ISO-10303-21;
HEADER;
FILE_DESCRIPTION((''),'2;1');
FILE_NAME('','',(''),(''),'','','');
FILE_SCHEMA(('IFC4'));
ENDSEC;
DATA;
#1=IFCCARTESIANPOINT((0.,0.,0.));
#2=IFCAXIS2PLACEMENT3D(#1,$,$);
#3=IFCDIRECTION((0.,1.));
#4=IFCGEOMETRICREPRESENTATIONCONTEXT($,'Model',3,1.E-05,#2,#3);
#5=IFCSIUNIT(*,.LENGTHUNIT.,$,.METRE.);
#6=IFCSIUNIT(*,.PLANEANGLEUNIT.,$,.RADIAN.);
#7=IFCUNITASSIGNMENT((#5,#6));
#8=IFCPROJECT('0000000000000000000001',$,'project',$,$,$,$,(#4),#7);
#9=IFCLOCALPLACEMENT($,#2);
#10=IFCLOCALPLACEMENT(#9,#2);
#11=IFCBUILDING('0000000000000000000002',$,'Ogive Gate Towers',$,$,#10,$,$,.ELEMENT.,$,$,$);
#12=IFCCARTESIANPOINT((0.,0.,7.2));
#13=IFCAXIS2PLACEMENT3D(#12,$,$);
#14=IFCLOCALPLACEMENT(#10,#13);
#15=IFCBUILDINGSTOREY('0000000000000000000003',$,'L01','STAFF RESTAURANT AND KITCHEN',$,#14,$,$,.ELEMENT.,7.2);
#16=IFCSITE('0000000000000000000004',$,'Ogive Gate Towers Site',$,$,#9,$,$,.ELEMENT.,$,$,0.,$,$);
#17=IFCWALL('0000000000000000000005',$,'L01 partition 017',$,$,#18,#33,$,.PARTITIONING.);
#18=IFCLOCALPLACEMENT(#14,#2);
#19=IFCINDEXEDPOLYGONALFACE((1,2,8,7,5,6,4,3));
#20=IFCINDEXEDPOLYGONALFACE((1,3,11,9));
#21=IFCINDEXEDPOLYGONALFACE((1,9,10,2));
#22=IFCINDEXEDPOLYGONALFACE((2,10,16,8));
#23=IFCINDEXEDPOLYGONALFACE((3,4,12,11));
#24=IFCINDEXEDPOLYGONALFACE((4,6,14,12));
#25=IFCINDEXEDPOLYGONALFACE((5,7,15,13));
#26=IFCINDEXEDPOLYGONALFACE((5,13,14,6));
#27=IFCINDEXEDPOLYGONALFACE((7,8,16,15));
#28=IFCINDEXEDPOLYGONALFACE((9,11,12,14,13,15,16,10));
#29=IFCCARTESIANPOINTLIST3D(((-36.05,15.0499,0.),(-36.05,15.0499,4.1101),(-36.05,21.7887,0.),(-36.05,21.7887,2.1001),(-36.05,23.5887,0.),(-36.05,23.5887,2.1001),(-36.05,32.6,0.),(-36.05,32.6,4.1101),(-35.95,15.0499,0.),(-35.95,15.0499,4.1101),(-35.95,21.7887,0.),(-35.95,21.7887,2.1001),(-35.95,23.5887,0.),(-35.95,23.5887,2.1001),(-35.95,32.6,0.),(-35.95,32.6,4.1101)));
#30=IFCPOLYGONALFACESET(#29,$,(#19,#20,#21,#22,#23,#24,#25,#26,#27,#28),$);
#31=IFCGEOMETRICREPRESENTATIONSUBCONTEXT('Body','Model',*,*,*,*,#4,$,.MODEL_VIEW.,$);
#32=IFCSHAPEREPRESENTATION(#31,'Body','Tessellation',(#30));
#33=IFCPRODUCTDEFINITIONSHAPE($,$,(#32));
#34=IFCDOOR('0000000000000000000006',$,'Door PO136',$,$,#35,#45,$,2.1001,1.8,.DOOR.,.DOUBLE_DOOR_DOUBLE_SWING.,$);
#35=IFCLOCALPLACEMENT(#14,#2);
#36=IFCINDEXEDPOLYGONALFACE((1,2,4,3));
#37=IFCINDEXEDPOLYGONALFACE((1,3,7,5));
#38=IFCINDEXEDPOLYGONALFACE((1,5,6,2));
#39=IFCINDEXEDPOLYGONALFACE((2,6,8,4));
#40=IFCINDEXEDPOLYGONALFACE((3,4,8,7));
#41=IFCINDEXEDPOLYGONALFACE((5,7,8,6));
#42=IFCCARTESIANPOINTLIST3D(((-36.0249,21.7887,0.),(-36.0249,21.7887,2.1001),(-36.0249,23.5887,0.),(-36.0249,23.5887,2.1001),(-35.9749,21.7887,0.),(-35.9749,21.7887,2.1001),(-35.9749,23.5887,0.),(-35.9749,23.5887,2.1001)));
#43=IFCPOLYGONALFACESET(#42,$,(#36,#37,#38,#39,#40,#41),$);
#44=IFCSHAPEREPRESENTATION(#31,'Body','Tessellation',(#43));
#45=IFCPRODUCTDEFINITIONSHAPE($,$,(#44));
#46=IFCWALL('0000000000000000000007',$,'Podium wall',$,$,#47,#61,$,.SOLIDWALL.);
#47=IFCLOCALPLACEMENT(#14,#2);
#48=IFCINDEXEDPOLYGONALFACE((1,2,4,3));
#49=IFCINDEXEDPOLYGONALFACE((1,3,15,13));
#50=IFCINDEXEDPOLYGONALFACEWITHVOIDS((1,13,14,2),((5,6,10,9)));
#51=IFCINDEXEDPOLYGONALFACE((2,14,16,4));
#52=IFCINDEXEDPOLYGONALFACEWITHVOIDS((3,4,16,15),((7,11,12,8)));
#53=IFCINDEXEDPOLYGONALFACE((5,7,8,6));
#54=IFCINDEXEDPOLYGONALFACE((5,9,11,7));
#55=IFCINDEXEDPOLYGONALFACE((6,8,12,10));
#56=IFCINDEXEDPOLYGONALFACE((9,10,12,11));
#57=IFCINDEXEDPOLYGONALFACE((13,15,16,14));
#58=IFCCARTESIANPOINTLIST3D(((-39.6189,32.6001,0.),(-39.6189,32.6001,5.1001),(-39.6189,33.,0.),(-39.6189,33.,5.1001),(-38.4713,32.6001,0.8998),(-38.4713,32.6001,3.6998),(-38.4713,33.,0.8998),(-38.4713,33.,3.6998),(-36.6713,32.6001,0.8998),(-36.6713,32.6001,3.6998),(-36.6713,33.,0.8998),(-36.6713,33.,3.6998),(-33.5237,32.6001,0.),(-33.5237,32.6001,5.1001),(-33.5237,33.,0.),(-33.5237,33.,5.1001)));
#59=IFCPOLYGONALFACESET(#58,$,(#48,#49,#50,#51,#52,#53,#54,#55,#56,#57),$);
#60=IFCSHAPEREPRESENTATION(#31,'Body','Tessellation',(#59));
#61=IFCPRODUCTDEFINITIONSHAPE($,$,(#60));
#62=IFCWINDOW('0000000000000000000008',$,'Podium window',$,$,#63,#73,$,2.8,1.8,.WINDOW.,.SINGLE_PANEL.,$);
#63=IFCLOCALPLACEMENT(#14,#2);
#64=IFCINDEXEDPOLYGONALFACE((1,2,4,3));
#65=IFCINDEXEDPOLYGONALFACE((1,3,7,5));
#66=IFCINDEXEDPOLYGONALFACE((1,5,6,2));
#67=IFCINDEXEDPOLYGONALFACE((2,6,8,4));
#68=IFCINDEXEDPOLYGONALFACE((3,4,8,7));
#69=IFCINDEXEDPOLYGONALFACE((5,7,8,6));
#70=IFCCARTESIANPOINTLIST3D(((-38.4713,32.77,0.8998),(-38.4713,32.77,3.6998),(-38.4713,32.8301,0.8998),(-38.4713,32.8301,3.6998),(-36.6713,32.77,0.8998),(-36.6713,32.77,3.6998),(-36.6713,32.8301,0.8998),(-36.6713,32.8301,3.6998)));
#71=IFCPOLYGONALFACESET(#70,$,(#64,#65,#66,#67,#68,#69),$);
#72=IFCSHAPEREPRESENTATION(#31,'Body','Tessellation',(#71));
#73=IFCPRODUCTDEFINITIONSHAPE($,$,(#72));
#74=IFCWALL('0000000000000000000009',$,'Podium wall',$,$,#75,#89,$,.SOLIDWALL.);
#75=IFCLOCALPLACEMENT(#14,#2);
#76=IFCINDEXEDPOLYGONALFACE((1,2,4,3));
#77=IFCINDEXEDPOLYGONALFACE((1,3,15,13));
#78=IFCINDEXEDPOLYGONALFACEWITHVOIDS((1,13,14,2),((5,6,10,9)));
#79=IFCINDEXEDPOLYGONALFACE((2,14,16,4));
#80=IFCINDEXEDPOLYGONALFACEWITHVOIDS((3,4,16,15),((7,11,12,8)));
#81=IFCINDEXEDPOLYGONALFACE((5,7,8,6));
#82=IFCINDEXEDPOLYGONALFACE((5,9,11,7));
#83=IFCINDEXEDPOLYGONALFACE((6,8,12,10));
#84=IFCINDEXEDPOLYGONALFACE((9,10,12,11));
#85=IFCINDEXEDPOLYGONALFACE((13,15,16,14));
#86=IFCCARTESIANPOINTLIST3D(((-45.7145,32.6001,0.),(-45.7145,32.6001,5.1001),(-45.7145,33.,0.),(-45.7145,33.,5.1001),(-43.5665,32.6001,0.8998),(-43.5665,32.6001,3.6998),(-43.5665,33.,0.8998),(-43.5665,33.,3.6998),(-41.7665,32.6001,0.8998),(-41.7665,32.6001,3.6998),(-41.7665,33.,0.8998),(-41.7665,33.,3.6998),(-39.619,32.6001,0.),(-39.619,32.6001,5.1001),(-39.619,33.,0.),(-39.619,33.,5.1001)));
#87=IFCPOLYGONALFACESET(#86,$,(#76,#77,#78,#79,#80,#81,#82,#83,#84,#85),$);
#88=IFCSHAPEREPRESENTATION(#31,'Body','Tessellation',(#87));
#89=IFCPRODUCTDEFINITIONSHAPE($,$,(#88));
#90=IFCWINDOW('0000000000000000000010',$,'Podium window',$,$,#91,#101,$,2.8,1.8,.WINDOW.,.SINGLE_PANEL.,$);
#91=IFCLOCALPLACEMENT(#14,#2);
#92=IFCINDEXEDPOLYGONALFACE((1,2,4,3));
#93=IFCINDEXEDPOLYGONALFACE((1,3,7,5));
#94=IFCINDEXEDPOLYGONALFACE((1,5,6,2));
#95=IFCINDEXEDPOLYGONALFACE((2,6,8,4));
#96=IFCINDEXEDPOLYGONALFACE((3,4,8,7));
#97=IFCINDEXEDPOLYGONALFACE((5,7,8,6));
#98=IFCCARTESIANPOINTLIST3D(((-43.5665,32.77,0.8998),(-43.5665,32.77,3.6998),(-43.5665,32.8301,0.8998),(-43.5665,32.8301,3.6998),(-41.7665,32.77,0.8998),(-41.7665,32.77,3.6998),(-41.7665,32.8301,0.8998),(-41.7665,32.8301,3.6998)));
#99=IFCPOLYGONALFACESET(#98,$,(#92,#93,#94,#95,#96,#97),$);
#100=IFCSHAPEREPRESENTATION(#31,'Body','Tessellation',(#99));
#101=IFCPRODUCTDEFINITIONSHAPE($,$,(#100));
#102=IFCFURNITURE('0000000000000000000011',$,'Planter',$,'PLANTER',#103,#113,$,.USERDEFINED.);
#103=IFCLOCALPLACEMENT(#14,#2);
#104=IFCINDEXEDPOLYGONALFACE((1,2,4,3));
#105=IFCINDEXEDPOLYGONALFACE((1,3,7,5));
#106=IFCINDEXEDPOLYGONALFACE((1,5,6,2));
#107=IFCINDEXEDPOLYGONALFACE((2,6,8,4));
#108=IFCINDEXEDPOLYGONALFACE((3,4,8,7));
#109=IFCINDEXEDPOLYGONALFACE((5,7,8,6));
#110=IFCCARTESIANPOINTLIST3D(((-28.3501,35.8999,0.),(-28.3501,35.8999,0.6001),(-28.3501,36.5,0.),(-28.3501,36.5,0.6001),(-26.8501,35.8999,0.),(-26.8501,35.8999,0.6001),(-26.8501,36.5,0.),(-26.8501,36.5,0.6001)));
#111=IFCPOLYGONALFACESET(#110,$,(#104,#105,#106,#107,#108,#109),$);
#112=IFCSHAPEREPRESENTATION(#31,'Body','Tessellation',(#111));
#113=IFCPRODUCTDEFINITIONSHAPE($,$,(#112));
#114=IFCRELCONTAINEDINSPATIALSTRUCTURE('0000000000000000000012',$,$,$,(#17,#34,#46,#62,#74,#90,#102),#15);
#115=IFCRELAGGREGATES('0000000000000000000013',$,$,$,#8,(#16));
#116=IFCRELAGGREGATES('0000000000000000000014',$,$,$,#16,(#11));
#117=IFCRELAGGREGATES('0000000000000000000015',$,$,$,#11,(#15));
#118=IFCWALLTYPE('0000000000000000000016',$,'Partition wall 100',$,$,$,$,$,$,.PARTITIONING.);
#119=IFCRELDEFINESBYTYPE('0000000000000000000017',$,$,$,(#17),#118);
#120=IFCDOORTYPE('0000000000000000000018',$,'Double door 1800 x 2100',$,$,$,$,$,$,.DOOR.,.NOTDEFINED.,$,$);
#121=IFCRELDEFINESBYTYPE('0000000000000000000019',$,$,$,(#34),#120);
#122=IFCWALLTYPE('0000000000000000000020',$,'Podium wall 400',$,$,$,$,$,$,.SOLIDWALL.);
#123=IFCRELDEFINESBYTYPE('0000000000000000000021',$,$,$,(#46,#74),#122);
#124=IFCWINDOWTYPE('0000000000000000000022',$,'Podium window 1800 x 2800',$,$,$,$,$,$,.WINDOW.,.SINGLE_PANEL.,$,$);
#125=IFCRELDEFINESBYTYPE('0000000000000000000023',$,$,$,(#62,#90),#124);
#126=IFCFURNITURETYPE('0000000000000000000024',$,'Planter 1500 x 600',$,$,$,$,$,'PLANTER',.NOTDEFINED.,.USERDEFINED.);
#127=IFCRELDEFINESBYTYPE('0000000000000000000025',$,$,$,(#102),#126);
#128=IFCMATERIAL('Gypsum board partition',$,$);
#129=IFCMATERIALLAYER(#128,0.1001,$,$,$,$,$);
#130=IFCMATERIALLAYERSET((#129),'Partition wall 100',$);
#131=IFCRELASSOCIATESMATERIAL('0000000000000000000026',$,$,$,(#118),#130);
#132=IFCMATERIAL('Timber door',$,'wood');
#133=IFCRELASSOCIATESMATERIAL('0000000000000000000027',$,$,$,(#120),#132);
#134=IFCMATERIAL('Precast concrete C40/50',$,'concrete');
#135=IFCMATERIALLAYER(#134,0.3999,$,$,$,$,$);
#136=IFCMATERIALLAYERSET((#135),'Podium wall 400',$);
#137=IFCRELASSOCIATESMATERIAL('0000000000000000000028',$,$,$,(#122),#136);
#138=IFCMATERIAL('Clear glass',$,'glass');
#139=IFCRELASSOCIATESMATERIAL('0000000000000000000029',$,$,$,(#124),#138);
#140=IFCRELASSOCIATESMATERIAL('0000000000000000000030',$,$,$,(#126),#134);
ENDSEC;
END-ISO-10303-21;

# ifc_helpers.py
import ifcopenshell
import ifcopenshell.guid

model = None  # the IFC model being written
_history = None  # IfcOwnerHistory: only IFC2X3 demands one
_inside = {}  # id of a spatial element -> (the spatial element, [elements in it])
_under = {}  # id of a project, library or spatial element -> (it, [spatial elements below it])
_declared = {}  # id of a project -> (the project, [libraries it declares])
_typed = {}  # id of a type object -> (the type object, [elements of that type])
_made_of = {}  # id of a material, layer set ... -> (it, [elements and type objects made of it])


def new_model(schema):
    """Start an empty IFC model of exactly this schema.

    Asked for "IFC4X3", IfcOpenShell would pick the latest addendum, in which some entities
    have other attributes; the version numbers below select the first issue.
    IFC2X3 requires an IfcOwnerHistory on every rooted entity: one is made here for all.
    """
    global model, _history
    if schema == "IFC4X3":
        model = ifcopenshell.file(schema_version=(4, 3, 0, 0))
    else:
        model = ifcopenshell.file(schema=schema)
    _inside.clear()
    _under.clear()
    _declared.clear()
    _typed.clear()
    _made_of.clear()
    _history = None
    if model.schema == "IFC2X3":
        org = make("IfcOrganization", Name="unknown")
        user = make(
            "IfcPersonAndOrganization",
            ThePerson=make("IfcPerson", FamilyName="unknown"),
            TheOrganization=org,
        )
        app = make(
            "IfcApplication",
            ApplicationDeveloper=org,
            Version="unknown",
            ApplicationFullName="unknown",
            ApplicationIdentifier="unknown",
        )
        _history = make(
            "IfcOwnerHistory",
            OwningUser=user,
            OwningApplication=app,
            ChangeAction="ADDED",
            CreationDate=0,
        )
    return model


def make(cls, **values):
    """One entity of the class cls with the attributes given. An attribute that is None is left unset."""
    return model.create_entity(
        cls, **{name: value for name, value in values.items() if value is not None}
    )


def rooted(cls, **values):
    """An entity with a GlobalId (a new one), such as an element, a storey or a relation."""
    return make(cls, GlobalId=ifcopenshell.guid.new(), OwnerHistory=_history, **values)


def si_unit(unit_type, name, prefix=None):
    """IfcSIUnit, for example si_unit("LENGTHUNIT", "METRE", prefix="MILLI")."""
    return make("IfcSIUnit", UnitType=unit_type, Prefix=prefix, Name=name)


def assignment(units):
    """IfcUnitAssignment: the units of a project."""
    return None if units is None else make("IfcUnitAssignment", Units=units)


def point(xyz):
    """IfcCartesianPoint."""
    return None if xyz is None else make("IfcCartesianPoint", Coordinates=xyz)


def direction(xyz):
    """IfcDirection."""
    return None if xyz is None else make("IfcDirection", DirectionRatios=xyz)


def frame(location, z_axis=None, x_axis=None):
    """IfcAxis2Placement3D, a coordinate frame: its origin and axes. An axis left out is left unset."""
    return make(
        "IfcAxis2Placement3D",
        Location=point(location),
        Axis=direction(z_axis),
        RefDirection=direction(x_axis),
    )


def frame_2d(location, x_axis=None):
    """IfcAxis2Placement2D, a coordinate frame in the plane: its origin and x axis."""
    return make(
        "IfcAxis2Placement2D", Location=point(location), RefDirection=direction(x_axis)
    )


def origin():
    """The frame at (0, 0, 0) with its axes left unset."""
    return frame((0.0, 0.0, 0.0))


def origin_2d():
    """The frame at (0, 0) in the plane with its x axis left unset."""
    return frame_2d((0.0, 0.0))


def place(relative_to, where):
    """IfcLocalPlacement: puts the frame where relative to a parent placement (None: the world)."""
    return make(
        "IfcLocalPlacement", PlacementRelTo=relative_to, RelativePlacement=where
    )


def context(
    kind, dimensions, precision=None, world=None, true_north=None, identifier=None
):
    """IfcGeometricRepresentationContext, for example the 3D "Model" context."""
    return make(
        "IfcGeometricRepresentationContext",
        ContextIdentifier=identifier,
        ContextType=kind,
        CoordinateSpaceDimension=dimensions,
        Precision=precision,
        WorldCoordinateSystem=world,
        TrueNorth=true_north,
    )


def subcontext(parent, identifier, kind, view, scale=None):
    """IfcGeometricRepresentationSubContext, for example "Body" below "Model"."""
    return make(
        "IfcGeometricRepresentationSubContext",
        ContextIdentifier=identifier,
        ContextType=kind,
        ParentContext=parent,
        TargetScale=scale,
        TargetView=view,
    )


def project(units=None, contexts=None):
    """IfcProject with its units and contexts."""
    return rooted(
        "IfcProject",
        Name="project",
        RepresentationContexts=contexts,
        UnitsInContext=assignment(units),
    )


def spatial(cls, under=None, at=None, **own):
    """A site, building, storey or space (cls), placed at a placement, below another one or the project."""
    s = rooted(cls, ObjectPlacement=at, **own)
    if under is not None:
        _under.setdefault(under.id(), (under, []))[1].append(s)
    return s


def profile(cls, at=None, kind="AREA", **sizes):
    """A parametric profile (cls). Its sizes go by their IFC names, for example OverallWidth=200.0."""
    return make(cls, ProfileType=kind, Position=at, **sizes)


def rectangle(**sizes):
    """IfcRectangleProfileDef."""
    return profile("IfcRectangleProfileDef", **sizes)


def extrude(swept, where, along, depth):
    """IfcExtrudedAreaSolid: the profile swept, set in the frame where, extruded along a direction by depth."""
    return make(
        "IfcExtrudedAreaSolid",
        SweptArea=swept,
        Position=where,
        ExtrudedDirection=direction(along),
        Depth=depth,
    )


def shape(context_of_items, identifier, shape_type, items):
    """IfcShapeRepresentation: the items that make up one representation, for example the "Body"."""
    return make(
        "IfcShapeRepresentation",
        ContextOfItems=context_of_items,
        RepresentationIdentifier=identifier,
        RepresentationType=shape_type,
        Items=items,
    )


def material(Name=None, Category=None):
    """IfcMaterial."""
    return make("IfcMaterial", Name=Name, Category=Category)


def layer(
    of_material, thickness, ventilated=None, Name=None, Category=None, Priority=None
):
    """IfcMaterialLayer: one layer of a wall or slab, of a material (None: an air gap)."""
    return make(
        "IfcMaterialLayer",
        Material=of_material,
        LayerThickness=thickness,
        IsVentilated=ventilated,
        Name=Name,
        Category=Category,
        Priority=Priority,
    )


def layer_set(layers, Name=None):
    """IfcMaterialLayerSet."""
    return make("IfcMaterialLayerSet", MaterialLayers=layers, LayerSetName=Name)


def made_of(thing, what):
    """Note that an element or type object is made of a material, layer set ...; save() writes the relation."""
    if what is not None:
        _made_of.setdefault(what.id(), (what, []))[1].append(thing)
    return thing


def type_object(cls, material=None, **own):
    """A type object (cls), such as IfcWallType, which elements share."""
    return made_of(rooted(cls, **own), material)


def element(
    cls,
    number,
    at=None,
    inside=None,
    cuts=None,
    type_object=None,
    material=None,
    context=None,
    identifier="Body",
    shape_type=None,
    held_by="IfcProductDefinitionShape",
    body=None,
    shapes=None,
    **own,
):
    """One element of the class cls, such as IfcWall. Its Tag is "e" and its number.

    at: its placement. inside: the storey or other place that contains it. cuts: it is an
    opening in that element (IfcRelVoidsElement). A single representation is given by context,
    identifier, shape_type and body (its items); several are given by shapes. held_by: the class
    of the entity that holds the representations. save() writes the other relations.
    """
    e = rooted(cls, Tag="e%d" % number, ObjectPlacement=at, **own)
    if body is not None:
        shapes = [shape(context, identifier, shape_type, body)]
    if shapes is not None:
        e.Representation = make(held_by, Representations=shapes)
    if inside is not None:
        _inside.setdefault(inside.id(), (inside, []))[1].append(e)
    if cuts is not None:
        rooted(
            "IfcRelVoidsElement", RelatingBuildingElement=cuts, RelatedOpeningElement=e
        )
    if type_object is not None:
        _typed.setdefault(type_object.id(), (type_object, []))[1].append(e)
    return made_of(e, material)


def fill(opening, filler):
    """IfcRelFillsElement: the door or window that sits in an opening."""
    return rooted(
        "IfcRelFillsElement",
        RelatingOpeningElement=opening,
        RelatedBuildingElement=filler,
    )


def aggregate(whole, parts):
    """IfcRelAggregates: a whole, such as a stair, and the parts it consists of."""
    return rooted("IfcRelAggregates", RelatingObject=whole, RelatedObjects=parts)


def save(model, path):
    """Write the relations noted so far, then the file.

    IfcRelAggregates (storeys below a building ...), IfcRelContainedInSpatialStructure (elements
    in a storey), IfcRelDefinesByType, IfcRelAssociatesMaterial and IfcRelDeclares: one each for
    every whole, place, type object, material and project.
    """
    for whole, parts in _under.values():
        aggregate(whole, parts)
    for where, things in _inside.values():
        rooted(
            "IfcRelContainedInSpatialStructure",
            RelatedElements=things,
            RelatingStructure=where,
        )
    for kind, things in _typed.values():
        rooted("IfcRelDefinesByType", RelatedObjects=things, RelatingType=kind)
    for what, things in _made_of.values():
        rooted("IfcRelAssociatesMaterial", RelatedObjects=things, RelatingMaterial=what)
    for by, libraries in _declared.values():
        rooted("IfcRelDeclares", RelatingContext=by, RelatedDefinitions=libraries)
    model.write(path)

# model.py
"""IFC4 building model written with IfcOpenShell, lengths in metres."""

from ifc_helpers import new_model, si_unit, direction, frame, frame_2d, origin, origin_2d, place, context, subcontext, project, spatial, rectangle, extrude, material, layer, layer_set, type_object, element, fill, save


model = new_model("IFC4")

# Units and contexts
model_context = context("Model", 3, precision=1e-05, world=origin(), true_north=direction((0.0, 1.0)))
body_context = subcontext(model_context, "Body", "Model", "MODEL_VIEW")
ifc_project = project(units=[si_unit("LENGTHUNIT", "METRE"), si_unit("PLANEANGLEUNIT", "RADIAN")], contexts=[model_context])

# Site, building, storey
site_placement = place(None, origin())
site = spatial("IfcSite", under=ifc_project, at=site_placement, Name="Ogive Gate Towers Site", CompositionType="ELEMENT", RefElevation=0.0)
building_placement = place(site_placement, origin())
building = spatial("IfcBuilding", under=site, at=building_placement, Name="Ogive Gate Towers", CompositionType="ELEMENT")
storey_placement = place(building_placement, frame((0.0, 0.0, 7.2)))
storey = spatial("IfcBuildingStorey", under=building, at=storey_placement, Name="L01", Description="STAFF RESTAURANT AND KITCHEN", CompositionType="ELEMENT", Elevation=7.2)

# Wall, opening, door
ifc_material_1 = material(Name="Gypsum board partition")
ifc_layer_1 = layer(ifc_material_1, 0.1001)
ifc_layer_set_1 = layer_set([ifc_layer_1], Name="Partition wall 100")
wall_type_1 = type_object("IfcWallType", Name="Partition wall 100", PredefinedType="PARTITIONING", material=ifc_layer_set_1)
wall_1_placement = place(storey_placement, frame((-36.0, 15.05, 0.0), z_axis=(0.0, 0.0, 1.0), x_axis=(0.0, 1.0, 0.0)))
wall_1 = element("IfcWall", 1, at=wall_1_placement, inside=storey, type_object=wall_type_1, Name="L01 partition 017", PredefinedType="PARTITIONING", context=body_context, shape_type="SweptSolid", body=[
    extrude(rectangle(XDim=17.55, YDim=0.1001, at=frame_2d((8.7749, 0.0))), origin(), (0.0, 0.0, 1.0), 4.1101),
])
opening_1_placement = place(wall_1_placement, frame((6.7388, 0.0, 0.0)))
opening_1 = element("IfcOpeningElement", 2, at=opening_1_placement, cuts=wall_1, PredefinedType="OPENING", context=body_context, shape_type="SweptSolid", body=[
    extrude(rectangle(XDim=1.8, YDim=2.1001, at=frame_2d((0.8999, 1.05))), frame((0.0, 0.0601, 0.0), z_axis=(0.0, -1.0, 0.0), x_axis=(1.0, 0.0, 0.0)), (0.0, 0.0, 1.0), 0.1201),
])
ifc_material_2 = material(Name="Timber door", Category="wood")
door_type_1 = type_object("IfcDoorType", Name="Double door 1800 x 2100", OperationType="NOTDEFINED", PredefinedType="DOOR", material=ifc_material_2)
door_1_placement = place(opening_1_placement, origin())
door_1 = element("IfcDoor", 3, at=door_1_placement, inside=storey, type_object=door_type_1, Name="Door PO136", OperationType="DOUBLE_DOOR_DOUBLE_SWING", OverallHeight=2.1001, OverallWidth=1.8, PredefinedType="DOOR", context=body_context, shape_type="SweptSolid", body=[
    extrude(rectangle(XDim=1.8, YDim=2.1001, at=frame_2d((0.8999, 1.05))), frame((0.0, 0.0249, 0.0), z_axis=(0.0, -1.0, 0.0), x_axis=(1.0, 0.0, 0.0)), (0.0, 0.0, 1.0), 0.05),
])
fill(opening_1, door_1)
ifc_material_3 = material(Name="Precast concrete C40/50", Category="concrete")
ifc_layer_2 = layer(ifc_material_3, 0.3999)
ifc_layer_set_2 = layer_set([ifc_layer_2], Name="Podium wall 400")
wall_type_2 = type_object("IfcWallType", Name="Podium wall 400", PredefinedType="SOLIDWALL", material=ifc_layer_set_2)

# Walls, openings, windows
wall_2_placement = place(storey_placement, frame((-33.5237, 32.8, 0.0), z_axis=(0.0, 0.0, 1.0), x_axis=(-1.0, 0.0, 0.0)))
wall_2 = element("IfcWall", 4, at=wall_2_placement, inside=storey, type_object=wall_type_2, Name="Podium wall", PredefinedType="SOLIDWALL", context=body_context, shape_type="SweptSolid", body=[
    extrude(rectangle(XDim=6.0952, YDim=0.3999, at=frame_2d((3.0476, 0.0))), origin(), (0.0, 0.0, 1.0), 5.1001),
])
opening_2_placement = place(wall_2_placement, frame((3.1477, 0.0, 0.8999)))
opening_2 = element("IfcOpeningElement", 5, at=opening_2_placement, cuts=wall_2, PredefinedType="OPENING", context=body_context, shape_type="SweptSolid", body=[
    extrude(rectangle(XDim=1.8, YDim=2.8, at=frame_2d((0.8999, 1.3999))), frame((0.0, 0.21, 0.0), z_axis=(0.0, -1.0, 0.0), x_axis=(1.0, 0.0, 0.0)), (0.0, 0.0, 1.0), 0.4199),
])
ifc_material_4 = material(Name="Clear glass", Category="glass")
window_type = type_object("IfcWindowType", Name="Podium window 1800 x 2800", PartitioningType="SINGLE_PANEL", PredefinedType="WINDOW", material=ifc_material_4)
window_1_placement = place(opening_2_placement, origin())
window_1 = element("IfcWindow", 6, at=window_1_placement, inside=storey, type_object=window_type, Name="Podium window", OverallHeight=2.8, OverallWidth=1.8, PartitioningType="SINGLE_PANEL", PredefinedType="WINDOW", context=body_context, shape_type="SweptSolid", body=[
    extrude(rectangle(XDim=1.8, YDim=2.8, at=frame_2d((0.8999, 1.3999))), frame((0.0, 0.03, 0.0), z_axis=(0.0, -1.0, 0.0), x_axis=(1.0, 0.0, 0.0)), (0.0, 0.0, 1.0), 0.0601),
])
fill(opening_2, window_1)
wall_3_placement = place(storey_placement, frame((-39.6189, 32.8, 0.0), z_axis=(0.0, 0.0, 1.0), x_axis=(-1.0, 0.0, 0.0)))
wall_3 = element("IfcWall", 7, at=wall_3_placement, inside=storey, type_object=wall_type_2, Name="Podium wall", PredefinedType="SOLIDWALL", context=body_context, shape_type="SweptSolid", body=[
    extrude(rectangle(XDim=6.0955, YDim=0.3999, at=frame_2d((3.0479, 0.0))), origin(), (0.0, 0.0, 1.0), 5.1001),
])
opening_3_placement = place(wall_3_placement, frame((2.1477, 0.0, 0.8999)))
opening_3 = element("IfcOpeningElement", 8, at=opening_3_placement, cuts=wall_3, PredefinedType="OPENING", context=body_context, shape_type="SweptSolid", body=[
    extrude(rectangle(XDim=1.8, YDim=2.8, at=frame_2d((0.8999, 1.3999))), frame((0.0, 0.21, 0.0), z_axis=(0.0, -1.0, 0.0), x_axis=(1.0, 0.0, 0.0)), (0.0, 0.0, 1.0), 0.4199),
])
window_2_placement = place(opening_3_placement, origin())
window_2 = element("IfcWindow", 9, at=window_2_placement, inside=storey, type_object=window_type, Name="Podium window", OverallHeight=2.8, OverallWidth=1.8, PartitioningType="SINGLE_PANEL", PredefinedType="WINDOW", context=body_context, shape_type="SweptSolid", body=[
    extrude(rectangle(XDim=1.8, YDim=2.8, at=frame_2d((0.8999, 1.3999))), frame((0.0, 0.03, 0.0), z_axis=(0.0, -1.0, 0.0), x_axis=(1.0, 0.0, 0.0)), (0.0, 0.0, 1.0), 0.0601),
])
fill(opening_3, window_2)

# Furniture
furniture_type = type_object("IfcFurnitureType", Name="Planter 1500 x 600", ElementType="PLANTER", AssemblyPlace="NOTDEFINED", PredefinedType="USERDEFINED", material=ifc_material_3)
furniture_placement = place(storey_placement, frame((-27.6001, 36.2, 0.0), z_axis=(0.0, 0.0, 1.0), x_axis=(-1.0, 0.0, 0.0)))
element("IfcFurniture", 10, at=furniture_placement, inside=storey, type_object=furniture_type, Name="Planter", ObjectType="PLANTER", PredefinedType="USERDEFINED", context=body_context, shape_type="SweptSolid", body=[
    extrude(rectangle(XDim=1.5, YDim=0.6001, at=origin_2d()), origin(), (0.0, 0.0, 1.0), 0.6001),
])

save(model, "model.ifc")
